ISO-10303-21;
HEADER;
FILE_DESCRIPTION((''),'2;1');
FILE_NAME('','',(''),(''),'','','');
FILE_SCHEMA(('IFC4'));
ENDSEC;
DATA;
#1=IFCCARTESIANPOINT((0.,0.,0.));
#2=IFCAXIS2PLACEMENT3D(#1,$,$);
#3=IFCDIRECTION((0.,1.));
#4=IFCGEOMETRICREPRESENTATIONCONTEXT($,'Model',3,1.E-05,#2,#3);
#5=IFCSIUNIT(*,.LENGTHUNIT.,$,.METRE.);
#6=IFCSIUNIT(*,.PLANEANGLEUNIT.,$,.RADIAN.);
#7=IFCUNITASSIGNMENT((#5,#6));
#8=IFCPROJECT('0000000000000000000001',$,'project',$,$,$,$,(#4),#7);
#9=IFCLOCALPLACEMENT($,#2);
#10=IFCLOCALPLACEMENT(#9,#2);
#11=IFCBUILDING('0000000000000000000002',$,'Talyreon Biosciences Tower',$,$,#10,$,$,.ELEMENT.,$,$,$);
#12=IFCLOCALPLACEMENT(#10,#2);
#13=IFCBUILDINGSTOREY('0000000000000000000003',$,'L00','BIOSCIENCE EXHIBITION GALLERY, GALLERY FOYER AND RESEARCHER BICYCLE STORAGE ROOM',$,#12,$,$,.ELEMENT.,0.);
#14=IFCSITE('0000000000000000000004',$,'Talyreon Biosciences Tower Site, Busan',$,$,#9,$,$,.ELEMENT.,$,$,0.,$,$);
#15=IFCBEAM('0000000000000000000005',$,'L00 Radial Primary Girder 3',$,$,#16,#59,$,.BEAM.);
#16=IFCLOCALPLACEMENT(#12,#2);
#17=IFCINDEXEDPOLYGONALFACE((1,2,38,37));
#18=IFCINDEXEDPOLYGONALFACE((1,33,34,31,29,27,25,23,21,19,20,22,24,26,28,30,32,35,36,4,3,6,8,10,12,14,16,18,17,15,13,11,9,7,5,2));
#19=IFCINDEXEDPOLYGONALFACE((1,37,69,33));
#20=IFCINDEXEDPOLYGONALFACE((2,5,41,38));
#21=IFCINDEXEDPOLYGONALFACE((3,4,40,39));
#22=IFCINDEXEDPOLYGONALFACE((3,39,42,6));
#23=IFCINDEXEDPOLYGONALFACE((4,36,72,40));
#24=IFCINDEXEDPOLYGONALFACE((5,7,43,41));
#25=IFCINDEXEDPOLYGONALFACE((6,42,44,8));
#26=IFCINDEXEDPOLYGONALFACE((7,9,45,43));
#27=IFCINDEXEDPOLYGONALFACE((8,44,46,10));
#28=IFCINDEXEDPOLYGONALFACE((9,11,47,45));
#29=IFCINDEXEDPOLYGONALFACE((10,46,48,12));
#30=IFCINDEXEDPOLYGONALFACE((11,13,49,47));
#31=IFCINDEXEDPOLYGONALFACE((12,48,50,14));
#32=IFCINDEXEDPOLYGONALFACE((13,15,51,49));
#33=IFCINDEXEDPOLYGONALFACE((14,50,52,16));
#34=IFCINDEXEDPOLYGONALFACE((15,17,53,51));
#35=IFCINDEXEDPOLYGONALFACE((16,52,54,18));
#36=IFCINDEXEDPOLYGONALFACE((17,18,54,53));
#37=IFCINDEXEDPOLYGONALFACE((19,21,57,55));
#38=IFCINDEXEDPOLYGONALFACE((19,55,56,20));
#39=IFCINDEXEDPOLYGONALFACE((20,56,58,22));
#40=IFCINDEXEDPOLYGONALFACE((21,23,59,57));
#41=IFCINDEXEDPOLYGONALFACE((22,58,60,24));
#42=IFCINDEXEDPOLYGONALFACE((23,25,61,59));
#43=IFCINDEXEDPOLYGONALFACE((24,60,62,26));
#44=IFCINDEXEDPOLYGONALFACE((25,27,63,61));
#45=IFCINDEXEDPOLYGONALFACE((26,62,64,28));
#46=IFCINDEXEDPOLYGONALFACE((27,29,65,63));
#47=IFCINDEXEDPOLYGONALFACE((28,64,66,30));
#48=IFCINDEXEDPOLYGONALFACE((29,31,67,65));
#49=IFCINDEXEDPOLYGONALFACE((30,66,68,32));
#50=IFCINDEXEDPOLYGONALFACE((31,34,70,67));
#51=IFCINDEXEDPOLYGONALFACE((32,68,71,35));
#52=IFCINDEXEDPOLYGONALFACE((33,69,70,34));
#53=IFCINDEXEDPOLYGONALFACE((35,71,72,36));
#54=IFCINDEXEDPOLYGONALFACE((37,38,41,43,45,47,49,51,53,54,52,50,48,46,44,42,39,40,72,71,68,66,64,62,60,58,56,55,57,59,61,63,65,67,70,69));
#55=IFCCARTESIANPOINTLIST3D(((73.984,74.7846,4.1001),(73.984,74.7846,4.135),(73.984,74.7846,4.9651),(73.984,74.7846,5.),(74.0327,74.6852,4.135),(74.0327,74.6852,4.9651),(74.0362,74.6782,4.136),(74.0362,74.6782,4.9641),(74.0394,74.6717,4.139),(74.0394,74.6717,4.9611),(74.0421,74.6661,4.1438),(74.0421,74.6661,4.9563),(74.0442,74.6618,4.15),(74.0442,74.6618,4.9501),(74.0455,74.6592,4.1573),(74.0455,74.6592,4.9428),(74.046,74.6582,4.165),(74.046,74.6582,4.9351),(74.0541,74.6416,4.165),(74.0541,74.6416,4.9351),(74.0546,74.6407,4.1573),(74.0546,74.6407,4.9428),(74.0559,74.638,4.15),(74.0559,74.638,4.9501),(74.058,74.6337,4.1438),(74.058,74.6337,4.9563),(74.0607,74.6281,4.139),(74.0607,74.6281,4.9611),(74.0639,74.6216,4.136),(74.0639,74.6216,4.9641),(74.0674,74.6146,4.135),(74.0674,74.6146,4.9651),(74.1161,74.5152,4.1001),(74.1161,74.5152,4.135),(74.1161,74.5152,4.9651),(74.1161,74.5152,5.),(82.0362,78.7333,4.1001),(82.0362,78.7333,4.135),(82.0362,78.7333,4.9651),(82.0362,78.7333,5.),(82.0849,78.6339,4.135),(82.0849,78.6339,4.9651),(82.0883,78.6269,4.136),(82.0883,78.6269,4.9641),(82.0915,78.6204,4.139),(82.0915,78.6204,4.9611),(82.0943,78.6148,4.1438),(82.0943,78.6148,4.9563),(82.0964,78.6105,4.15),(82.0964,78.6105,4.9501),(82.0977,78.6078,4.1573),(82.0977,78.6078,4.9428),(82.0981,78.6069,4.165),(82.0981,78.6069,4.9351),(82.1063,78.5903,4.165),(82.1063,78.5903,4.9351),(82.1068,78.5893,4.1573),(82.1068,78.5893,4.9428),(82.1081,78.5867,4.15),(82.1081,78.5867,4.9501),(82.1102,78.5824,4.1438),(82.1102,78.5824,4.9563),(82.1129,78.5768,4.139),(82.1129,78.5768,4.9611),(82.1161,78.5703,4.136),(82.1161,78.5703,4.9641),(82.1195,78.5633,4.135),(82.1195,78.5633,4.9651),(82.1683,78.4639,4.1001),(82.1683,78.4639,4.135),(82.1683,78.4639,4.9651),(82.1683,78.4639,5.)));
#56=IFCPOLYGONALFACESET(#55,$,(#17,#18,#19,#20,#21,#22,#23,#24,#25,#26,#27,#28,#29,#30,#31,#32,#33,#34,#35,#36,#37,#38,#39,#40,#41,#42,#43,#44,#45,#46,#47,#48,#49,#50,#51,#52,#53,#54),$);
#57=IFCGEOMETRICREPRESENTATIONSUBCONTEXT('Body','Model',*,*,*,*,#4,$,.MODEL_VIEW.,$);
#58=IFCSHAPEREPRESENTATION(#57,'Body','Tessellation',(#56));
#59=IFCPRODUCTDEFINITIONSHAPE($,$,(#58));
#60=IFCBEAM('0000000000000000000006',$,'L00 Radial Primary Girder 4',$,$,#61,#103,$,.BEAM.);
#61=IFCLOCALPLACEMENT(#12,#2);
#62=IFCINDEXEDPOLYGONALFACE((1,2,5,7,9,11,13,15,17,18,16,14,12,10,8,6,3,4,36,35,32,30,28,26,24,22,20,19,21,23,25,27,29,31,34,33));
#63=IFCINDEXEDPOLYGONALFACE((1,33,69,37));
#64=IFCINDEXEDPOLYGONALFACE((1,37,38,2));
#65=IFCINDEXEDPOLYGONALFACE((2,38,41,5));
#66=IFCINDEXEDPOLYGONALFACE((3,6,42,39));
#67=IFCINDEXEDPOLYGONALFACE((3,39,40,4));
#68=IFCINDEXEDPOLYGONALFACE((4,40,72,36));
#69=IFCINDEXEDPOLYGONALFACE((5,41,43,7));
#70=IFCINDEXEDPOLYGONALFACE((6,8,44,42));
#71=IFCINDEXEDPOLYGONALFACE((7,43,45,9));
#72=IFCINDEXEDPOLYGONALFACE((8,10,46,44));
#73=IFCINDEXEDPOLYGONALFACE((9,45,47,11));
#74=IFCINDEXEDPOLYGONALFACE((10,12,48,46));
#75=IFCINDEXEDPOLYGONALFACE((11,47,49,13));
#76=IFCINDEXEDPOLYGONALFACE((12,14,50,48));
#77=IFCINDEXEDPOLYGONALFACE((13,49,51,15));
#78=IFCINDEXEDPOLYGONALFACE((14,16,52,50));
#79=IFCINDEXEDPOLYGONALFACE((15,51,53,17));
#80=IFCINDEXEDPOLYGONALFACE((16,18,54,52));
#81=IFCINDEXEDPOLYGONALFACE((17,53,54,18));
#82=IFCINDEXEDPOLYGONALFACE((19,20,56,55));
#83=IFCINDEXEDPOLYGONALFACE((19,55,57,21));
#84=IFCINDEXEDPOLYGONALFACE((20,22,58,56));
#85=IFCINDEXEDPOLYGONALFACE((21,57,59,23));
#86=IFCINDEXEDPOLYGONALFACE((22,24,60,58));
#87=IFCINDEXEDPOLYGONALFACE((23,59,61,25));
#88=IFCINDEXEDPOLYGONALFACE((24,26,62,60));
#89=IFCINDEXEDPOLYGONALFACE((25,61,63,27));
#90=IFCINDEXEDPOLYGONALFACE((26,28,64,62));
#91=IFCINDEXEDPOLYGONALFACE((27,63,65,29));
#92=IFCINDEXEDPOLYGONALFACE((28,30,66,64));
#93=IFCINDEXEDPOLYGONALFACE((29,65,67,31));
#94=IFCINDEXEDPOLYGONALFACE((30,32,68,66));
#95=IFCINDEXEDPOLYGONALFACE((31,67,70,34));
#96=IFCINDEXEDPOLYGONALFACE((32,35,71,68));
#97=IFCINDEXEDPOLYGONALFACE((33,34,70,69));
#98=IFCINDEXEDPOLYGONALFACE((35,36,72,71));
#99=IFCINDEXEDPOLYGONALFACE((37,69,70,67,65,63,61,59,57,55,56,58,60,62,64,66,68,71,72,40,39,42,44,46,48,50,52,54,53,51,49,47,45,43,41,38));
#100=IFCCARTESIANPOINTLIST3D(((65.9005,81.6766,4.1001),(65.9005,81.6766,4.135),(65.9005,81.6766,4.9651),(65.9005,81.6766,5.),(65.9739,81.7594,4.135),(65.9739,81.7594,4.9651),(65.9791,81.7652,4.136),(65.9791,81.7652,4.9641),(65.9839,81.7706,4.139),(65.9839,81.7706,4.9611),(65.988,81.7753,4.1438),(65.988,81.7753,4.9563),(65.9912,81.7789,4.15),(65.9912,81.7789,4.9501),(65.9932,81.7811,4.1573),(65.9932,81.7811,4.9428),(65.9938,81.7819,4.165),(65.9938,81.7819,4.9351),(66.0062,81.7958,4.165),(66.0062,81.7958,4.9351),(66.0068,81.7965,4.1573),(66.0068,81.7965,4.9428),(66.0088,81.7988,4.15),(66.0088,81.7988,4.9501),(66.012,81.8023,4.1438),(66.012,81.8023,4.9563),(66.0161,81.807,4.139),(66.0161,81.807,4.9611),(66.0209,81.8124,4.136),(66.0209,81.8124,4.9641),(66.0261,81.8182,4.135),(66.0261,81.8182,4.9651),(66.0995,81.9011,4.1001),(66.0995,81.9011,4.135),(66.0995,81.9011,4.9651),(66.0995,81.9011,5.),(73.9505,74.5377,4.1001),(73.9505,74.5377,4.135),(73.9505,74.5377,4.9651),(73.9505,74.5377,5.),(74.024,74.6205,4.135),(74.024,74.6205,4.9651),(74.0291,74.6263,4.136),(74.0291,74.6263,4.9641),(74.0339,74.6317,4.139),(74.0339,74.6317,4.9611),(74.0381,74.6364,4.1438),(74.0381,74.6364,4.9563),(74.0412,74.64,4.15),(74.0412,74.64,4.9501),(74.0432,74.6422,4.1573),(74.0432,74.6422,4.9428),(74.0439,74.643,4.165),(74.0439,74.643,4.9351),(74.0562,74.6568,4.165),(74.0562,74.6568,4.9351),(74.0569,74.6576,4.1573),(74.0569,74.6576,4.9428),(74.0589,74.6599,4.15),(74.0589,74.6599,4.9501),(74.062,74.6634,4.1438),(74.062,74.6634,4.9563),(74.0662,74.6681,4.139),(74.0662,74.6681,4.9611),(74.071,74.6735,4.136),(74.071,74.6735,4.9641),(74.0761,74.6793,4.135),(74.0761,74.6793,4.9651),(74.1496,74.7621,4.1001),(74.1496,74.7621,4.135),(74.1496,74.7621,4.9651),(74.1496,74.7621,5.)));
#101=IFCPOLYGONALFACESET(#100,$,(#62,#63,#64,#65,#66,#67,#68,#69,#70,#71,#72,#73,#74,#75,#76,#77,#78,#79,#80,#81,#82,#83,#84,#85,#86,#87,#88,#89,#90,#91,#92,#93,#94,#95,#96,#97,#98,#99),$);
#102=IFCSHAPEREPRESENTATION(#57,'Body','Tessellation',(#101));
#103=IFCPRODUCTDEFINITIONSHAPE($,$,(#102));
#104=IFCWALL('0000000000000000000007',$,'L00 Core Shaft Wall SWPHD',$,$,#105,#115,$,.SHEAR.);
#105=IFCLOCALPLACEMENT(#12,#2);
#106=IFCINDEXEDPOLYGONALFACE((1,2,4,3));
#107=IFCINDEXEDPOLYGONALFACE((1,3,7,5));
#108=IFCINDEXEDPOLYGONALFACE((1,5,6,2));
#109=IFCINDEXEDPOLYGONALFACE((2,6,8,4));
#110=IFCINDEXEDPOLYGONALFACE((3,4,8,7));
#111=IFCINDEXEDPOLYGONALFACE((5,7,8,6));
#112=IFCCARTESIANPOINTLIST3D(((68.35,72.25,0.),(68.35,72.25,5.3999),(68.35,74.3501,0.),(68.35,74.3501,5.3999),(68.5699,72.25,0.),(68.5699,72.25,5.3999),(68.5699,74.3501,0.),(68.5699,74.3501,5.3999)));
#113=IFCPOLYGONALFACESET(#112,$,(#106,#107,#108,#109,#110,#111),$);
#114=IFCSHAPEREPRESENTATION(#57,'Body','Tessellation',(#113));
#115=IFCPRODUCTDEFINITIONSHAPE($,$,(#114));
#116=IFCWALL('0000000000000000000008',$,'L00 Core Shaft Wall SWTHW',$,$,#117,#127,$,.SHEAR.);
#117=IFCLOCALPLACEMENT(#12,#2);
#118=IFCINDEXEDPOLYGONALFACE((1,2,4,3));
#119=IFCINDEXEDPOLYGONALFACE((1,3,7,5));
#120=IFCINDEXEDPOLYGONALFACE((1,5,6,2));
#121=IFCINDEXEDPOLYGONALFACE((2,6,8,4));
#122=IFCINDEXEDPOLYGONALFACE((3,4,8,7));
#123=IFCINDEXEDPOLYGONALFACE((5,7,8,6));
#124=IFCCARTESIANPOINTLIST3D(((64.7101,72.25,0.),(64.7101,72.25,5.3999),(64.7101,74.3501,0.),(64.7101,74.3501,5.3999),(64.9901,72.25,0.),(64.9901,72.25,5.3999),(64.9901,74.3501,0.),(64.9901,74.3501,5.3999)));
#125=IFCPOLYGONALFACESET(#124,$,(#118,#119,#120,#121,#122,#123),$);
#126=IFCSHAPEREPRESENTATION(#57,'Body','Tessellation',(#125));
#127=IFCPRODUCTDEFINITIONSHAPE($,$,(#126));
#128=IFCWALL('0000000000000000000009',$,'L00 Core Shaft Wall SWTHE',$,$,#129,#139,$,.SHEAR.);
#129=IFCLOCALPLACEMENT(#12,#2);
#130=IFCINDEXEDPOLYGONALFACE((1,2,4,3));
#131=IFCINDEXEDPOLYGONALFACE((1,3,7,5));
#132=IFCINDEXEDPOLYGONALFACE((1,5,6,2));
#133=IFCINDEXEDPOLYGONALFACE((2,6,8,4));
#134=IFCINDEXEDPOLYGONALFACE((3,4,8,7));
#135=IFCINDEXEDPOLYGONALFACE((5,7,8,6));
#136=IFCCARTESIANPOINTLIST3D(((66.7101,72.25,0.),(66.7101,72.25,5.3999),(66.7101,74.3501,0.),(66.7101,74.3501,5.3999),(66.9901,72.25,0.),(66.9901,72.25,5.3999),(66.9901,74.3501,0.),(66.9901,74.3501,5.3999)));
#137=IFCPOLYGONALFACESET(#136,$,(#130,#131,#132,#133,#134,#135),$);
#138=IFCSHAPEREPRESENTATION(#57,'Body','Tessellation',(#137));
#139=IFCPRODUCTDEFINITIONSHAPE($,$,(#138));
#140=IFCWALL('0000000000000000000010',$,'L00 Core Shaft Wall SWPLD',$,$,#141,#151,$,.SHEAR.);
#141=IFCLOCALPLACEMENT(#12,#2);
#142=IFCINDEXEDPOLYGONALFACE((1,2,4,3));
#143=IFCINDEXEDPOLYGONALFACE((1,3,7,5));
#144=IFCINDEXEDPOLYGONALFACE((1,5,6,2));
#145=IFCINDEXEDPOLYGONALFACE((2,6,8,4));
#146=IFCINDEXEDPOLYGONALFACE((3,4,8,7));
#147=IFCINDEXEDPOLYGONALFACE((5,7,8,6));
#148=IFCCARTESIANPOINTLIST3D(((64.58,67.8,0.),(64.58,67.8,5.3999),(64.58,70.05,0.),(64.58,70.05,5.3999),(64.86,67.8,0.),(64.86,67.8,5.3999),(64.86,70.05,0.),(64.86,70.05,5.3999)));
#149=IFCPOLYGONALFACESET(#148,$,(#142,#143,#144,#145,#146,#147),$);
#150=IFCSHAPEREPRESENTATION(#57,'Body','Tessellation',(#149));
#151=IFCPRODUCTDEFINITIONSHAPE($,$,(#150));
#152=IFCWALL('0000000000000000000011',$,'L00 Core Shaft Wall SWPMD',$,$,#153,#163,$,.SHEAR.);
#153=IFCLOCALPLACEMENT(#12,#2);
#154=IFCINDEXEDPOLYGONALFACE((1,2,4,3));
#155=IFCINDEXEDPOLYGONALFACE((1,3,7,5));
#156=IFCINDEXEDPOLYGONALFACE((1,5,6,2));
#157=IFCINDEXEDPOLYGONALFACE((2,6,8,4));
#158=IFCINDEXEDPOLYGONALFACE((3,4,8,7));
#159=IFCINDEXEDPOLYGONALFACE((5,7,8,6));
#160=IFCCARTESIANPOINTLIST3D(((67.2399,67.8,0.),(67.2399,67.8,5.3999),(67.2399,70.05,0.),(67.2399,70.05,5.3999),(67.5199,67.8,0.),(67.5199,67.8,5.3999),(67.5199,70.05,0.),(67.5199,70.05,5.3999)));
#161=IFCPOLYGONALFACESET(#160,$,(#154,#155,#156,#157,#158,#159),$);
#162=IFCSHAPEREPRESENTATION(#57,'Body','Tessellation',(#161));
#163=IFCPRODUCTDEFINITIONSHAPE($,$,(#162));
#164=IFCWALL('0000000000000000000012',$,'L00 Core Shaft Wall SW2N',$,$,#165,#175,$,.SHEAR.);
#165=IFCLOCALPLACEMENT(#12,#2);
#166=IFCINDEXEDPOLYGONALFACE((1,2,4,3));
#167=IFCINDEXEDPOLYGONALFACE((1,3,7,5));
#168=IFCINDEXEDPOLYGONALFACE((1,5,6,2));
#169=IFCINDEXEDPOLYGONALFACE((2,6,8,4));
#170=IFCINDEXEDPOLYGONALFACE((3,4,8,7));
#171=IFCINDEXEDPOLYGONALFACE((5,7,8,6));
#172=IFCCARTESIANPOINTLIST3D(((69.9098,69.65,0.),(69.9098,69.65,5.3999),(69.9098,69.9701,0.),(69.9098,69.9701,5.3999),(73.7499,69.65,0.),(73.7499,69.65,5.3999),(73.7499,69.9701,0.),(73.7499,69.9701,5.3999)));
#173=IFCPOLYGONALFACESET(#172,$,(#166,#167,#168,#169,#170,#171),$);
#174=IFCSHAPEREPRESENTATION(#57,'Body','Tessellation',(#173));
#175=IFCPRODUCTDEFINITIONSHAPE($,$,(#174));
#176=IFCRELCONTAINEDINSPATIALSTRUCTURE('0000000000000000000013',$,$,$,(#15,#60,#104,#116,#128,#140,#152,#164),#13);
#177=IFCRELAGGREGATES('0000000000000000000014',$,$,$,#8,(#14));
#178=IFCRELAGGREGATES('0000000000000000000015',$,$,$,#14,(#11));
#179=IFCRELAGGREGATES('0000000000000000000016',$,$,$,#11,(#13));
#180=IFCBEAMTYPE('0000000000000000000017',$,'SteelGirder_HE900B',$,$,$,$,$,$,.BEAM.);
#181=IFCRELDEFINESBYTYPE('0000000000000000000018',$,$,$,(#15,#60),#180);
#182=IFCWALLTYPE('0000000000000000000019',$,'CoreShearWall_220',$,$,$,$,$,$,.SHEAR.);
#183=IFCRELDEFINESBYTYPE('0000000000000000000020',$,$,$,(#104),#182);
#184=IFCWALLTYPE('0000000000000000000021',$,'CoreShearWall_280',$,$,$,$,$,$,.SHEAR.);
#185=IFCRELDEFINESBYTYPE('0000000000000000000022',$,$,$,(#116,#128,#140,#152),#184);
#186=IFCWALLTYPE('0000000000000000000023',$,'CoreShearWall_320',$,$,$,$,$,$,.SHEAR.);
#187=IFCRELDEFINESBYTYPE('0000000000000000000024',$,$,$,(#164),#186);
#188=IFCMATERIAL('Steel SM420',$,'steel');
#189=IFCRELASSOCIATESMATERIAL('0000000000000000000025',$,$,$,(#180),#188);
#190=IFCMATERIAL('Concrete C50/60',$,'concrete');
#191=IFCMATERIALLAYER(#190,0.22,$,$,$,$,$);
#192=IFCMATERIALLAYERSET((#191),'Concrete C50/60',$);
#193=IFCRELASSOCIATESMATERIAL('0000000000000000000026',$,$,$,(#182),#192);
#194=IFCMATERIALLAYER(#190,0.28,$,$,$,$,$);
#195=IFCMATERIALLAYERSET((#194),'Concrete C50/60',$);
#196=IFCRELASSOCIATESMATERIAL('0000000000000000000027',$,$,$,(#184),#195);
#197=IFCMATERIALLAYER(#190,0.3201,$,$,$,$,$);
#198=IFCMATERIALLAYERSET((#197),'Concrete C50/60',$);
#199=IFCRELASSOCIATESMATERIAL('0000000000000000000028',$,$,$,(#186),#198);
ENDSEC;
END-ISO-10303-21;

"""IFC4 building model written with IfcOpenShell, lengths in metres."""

from ifc_helpers import new_model, si_unit, direction, frame, frame_2d, origin, origin_2d, place, context, subcontext, project, spatial, rectangle, i_section, extrude, material, layer, layer_set, material_profile, profile_set, type_object, element, save


model = new_model("IFC4")

# Units and contexts
model_context = context("Model", 3, precision=1e-05, world=origin(), true_north=direction((0.0, 1.0)))
body_context = subcontext(model_context, "Body", "Model", "MODEL_VIEW")
ifc_project = project(units=[si_unit("LENGTHUNIT", "METRE"), si_unit("PLANEANGLEUNIT", "RADIAN")], contexts=[model_context])

# Site, building, storey
site_placement = place(None, origin())
site = spatial("IfcSite", under=ifc_project, at=site_placement, Name="Talyreon Biosciences Tower Site, Busan", CompositionType="ELEMENT", RefElevation=0.0)
building_placement = place(site_placement, origin())
building = spatial("IfcBuilding", under=site, at=building_placement, Name="Talyreon Biosciences Tower", CompositionType="ELEMENT")
storey_placement = place(building_placement, origin())
storey = spatial("IfcBuildingStorey", under=building, at=storey_placement, Name="L00", Description="BIOSCIENCE EXHIBITION GALLERY, GALLERY FOYER AND RESEARCHER BICYCLE STORAGE ROOM", CompositionType="ELEMENT", Elevation=0.0)

# Beams
ifc_material_1 = material(Name="Concrete C50/60", Category="concrete")
ifc_material_2 = material(Name="Steel SM420", Category="steel")
ifc_material_profile_1 = material_profile(ifc_material_2, i_section(OverallWidth=0.3, OverallDepth=0.8999, WebThickness=0.0186, FlangeThickness=0.0349, FilletRadius=0.03, at=origin_2d()), Name="HE900B")
ifc_profile_set_1 = profile_set([ifc_material_profile_1], Name="Steel SM420")
beam_type_1 = type_object("IfcBeamType", Name="SteelGirder_HE900B", PredefinedType="BEAM", material=ifc_profile_set_1)
beam_1_placement = place(storey_placement, frame((74.05, 74.6499, 4.55), z_axis=(0.897852, 0.440297, 0.0), x_axis=(-0.440297, 0.897852, 0.0)))
element("IfcBeam", 1, at=beam_1_placement, inside=storey, type_object=beam_type_1, Name="L00 Radial Primary Girder 3", PredefinedType="BEAM", context=body_context, shape_type="SweptSolid", body=[
    extrude(i_section(OverallWidth=0.3, OverallDepth=0.8999, WebThickness=0.0186, FlangeThickness=0.0349, FilletRadius=0.03, at=origin_2d()), origin(), (0.0, 0.0, 1.0), 8.9683),
])
beam_2_placement = place(storey_placement, frame((74.05, 74.6499, 4.55), z_axis=(-0.748179, 0.663497, 0.0), x_axis=(-0.663497, -0.748179, 0.0)))
element("IfcBeam", 2, at=beam_2_placement, inside=storey, type_object=beam_type_1, Name="L00 Radial Primary Girder 4", PredefinedType="BEAM", context=body_context, shape_type="SweptSolid", body=[
    extrude(i_section(OverallWidth=0.3, OverallDepth=0.8999, WebThickness=0.0186, FlangeThickness=0.0349, FilletRadius=0.03, at=origin_2d()), origin(), (0.0, 0.0, 1.0), 10.7595),
])

# Walls
ifc_layer_1 = layer(ifc_material_1, 0.22)
ifc_layer_set_1 = layer_set([ifc_layer_1], Name="Concrete C50/60")
wall_type_1 = type_object("IfcWallType", Name="CoreShearWall_220", PredefinedType="SHEAR", material=ifc_layer_set_1)
wall_1_placement = place(storey_placement, frame((68.46, 72.25, 0.0), z_axis=(0.0, 0.0, 1.0), x_axis=(0.0, 1.0, 0.0)))
element("IfcWall", 3, at=wall_1_placement, inside=storey, type_object=wall_type_1, Name="L00 Core Shaft Wall SWPHD", PredefinedType="SHEAR", context=body_context, shape_type="SweptSolid", body=[
    extrude(rectangle(XDim=2.1001, YDim=0.22, at=frame_2d((1.05, 0.0))), origin(), (0.0, 0.0, 1.0), 5.3999),
])
ifc_layer_2 = layer(ifc_material_1, 0.28)
ifc_layer_set_2 = layer_set([ifc_layer_2], Name="Concrete C50/60")
wall_type_2 = type_object("IfcWallType", Name="CoreShearWall_280", PredefinedType="SHEAR", material=ifc_layer_set_2)
for number, where, z_axis, x_axis, name in (
    (4, (64.8501, 72.25, 0.0), (0.0, 0.0, 1.0), (0.0, 1.0, 0.0), "L00 Core Shaft Wall SWTHW"),
    (5, (66.8501, 72.25, 0.0), (0.0, 0.0, 1.0), (0.0, 1.0, 0.0), "L00 Core Shaft Wall SWTHE"),
):
    element("IfcWall", number, at=place(storey_placement, frame(where, z_axis=z_axis, x_axis=x_axis)), inside=storey, type_object=wall_type_2, Name=name, PredefinedType="SHEAR", context=body_context, shape_type="SweptSolid", body=[
        extrude(rectangle(XDim=2.1001, YDim=0.28, at=frame_2d((1.05, 0.0))), origin(), (0.0, 0.0, 1.0), 5.3999),
    ])
for number, where, z_axis, x_axis, name in (
    (6, (64.72, 67.8, 0.0), (0.0, 0.0, 1.0), (0.0, 1.0, 0.0), "L00 Core Shaft Wall SWPLD"),
    (7, (67.3799, 67.8, 0.0), (0.0, 0.0, 1.0), (0.0, 1.0, 0.0), "L00 Core Shaft Wall SWPMD"),
):
    element("IfcWall", number, at=place(storey_placement, frame(where, z_axis=z_axis, x_axis=x_axis)), inside=storey, type_object=wall_type_2, Name=name, PredefinedType="SHEAR", context=body_context, shape_type="SweptSolid", body=[
        extrude(rectangle(XDim=2.25, YDim=0.28, at=frame_2d((1.125, 0.0))), origin(), (0.0, 0.0, 1.0), 5.3999),
    ])
ifc_layer_3 = layer(ifc_material_1, 0.3201)
ifc_layer_set_3 = layer_set([ifc_layer_3], Name="Concrete C50/60")
wall_type_3 = type_object("IfcWallType", Name="CoreShearWall_320", PredefinedType="SHEAR", material=ifc_layer_set_3)
wall_2_placement = place(storey_placement, frame((69.9099, 69.8101, 0.0), z_axis=(0.0, 0.0, 1.0), x_axis=(1.0, 0.0, 0.0)))
element("IfcWall", 8, at=wall_2_placement, inside=storey, type_object=wall_type_3, Name="L00 Core Shaft Wall SW2N", PredefinedType="SHEAR", context=body_context, shape_type="SweptSolid", body=[
    extrude(rectangle(XDim=3.8401, YDim=0.3201, at=frame_2d((1.9199, 0.0))), origin(), (0.0, 0.0, 1.0), 5.3999),
])

save(model, "model.ifc")
